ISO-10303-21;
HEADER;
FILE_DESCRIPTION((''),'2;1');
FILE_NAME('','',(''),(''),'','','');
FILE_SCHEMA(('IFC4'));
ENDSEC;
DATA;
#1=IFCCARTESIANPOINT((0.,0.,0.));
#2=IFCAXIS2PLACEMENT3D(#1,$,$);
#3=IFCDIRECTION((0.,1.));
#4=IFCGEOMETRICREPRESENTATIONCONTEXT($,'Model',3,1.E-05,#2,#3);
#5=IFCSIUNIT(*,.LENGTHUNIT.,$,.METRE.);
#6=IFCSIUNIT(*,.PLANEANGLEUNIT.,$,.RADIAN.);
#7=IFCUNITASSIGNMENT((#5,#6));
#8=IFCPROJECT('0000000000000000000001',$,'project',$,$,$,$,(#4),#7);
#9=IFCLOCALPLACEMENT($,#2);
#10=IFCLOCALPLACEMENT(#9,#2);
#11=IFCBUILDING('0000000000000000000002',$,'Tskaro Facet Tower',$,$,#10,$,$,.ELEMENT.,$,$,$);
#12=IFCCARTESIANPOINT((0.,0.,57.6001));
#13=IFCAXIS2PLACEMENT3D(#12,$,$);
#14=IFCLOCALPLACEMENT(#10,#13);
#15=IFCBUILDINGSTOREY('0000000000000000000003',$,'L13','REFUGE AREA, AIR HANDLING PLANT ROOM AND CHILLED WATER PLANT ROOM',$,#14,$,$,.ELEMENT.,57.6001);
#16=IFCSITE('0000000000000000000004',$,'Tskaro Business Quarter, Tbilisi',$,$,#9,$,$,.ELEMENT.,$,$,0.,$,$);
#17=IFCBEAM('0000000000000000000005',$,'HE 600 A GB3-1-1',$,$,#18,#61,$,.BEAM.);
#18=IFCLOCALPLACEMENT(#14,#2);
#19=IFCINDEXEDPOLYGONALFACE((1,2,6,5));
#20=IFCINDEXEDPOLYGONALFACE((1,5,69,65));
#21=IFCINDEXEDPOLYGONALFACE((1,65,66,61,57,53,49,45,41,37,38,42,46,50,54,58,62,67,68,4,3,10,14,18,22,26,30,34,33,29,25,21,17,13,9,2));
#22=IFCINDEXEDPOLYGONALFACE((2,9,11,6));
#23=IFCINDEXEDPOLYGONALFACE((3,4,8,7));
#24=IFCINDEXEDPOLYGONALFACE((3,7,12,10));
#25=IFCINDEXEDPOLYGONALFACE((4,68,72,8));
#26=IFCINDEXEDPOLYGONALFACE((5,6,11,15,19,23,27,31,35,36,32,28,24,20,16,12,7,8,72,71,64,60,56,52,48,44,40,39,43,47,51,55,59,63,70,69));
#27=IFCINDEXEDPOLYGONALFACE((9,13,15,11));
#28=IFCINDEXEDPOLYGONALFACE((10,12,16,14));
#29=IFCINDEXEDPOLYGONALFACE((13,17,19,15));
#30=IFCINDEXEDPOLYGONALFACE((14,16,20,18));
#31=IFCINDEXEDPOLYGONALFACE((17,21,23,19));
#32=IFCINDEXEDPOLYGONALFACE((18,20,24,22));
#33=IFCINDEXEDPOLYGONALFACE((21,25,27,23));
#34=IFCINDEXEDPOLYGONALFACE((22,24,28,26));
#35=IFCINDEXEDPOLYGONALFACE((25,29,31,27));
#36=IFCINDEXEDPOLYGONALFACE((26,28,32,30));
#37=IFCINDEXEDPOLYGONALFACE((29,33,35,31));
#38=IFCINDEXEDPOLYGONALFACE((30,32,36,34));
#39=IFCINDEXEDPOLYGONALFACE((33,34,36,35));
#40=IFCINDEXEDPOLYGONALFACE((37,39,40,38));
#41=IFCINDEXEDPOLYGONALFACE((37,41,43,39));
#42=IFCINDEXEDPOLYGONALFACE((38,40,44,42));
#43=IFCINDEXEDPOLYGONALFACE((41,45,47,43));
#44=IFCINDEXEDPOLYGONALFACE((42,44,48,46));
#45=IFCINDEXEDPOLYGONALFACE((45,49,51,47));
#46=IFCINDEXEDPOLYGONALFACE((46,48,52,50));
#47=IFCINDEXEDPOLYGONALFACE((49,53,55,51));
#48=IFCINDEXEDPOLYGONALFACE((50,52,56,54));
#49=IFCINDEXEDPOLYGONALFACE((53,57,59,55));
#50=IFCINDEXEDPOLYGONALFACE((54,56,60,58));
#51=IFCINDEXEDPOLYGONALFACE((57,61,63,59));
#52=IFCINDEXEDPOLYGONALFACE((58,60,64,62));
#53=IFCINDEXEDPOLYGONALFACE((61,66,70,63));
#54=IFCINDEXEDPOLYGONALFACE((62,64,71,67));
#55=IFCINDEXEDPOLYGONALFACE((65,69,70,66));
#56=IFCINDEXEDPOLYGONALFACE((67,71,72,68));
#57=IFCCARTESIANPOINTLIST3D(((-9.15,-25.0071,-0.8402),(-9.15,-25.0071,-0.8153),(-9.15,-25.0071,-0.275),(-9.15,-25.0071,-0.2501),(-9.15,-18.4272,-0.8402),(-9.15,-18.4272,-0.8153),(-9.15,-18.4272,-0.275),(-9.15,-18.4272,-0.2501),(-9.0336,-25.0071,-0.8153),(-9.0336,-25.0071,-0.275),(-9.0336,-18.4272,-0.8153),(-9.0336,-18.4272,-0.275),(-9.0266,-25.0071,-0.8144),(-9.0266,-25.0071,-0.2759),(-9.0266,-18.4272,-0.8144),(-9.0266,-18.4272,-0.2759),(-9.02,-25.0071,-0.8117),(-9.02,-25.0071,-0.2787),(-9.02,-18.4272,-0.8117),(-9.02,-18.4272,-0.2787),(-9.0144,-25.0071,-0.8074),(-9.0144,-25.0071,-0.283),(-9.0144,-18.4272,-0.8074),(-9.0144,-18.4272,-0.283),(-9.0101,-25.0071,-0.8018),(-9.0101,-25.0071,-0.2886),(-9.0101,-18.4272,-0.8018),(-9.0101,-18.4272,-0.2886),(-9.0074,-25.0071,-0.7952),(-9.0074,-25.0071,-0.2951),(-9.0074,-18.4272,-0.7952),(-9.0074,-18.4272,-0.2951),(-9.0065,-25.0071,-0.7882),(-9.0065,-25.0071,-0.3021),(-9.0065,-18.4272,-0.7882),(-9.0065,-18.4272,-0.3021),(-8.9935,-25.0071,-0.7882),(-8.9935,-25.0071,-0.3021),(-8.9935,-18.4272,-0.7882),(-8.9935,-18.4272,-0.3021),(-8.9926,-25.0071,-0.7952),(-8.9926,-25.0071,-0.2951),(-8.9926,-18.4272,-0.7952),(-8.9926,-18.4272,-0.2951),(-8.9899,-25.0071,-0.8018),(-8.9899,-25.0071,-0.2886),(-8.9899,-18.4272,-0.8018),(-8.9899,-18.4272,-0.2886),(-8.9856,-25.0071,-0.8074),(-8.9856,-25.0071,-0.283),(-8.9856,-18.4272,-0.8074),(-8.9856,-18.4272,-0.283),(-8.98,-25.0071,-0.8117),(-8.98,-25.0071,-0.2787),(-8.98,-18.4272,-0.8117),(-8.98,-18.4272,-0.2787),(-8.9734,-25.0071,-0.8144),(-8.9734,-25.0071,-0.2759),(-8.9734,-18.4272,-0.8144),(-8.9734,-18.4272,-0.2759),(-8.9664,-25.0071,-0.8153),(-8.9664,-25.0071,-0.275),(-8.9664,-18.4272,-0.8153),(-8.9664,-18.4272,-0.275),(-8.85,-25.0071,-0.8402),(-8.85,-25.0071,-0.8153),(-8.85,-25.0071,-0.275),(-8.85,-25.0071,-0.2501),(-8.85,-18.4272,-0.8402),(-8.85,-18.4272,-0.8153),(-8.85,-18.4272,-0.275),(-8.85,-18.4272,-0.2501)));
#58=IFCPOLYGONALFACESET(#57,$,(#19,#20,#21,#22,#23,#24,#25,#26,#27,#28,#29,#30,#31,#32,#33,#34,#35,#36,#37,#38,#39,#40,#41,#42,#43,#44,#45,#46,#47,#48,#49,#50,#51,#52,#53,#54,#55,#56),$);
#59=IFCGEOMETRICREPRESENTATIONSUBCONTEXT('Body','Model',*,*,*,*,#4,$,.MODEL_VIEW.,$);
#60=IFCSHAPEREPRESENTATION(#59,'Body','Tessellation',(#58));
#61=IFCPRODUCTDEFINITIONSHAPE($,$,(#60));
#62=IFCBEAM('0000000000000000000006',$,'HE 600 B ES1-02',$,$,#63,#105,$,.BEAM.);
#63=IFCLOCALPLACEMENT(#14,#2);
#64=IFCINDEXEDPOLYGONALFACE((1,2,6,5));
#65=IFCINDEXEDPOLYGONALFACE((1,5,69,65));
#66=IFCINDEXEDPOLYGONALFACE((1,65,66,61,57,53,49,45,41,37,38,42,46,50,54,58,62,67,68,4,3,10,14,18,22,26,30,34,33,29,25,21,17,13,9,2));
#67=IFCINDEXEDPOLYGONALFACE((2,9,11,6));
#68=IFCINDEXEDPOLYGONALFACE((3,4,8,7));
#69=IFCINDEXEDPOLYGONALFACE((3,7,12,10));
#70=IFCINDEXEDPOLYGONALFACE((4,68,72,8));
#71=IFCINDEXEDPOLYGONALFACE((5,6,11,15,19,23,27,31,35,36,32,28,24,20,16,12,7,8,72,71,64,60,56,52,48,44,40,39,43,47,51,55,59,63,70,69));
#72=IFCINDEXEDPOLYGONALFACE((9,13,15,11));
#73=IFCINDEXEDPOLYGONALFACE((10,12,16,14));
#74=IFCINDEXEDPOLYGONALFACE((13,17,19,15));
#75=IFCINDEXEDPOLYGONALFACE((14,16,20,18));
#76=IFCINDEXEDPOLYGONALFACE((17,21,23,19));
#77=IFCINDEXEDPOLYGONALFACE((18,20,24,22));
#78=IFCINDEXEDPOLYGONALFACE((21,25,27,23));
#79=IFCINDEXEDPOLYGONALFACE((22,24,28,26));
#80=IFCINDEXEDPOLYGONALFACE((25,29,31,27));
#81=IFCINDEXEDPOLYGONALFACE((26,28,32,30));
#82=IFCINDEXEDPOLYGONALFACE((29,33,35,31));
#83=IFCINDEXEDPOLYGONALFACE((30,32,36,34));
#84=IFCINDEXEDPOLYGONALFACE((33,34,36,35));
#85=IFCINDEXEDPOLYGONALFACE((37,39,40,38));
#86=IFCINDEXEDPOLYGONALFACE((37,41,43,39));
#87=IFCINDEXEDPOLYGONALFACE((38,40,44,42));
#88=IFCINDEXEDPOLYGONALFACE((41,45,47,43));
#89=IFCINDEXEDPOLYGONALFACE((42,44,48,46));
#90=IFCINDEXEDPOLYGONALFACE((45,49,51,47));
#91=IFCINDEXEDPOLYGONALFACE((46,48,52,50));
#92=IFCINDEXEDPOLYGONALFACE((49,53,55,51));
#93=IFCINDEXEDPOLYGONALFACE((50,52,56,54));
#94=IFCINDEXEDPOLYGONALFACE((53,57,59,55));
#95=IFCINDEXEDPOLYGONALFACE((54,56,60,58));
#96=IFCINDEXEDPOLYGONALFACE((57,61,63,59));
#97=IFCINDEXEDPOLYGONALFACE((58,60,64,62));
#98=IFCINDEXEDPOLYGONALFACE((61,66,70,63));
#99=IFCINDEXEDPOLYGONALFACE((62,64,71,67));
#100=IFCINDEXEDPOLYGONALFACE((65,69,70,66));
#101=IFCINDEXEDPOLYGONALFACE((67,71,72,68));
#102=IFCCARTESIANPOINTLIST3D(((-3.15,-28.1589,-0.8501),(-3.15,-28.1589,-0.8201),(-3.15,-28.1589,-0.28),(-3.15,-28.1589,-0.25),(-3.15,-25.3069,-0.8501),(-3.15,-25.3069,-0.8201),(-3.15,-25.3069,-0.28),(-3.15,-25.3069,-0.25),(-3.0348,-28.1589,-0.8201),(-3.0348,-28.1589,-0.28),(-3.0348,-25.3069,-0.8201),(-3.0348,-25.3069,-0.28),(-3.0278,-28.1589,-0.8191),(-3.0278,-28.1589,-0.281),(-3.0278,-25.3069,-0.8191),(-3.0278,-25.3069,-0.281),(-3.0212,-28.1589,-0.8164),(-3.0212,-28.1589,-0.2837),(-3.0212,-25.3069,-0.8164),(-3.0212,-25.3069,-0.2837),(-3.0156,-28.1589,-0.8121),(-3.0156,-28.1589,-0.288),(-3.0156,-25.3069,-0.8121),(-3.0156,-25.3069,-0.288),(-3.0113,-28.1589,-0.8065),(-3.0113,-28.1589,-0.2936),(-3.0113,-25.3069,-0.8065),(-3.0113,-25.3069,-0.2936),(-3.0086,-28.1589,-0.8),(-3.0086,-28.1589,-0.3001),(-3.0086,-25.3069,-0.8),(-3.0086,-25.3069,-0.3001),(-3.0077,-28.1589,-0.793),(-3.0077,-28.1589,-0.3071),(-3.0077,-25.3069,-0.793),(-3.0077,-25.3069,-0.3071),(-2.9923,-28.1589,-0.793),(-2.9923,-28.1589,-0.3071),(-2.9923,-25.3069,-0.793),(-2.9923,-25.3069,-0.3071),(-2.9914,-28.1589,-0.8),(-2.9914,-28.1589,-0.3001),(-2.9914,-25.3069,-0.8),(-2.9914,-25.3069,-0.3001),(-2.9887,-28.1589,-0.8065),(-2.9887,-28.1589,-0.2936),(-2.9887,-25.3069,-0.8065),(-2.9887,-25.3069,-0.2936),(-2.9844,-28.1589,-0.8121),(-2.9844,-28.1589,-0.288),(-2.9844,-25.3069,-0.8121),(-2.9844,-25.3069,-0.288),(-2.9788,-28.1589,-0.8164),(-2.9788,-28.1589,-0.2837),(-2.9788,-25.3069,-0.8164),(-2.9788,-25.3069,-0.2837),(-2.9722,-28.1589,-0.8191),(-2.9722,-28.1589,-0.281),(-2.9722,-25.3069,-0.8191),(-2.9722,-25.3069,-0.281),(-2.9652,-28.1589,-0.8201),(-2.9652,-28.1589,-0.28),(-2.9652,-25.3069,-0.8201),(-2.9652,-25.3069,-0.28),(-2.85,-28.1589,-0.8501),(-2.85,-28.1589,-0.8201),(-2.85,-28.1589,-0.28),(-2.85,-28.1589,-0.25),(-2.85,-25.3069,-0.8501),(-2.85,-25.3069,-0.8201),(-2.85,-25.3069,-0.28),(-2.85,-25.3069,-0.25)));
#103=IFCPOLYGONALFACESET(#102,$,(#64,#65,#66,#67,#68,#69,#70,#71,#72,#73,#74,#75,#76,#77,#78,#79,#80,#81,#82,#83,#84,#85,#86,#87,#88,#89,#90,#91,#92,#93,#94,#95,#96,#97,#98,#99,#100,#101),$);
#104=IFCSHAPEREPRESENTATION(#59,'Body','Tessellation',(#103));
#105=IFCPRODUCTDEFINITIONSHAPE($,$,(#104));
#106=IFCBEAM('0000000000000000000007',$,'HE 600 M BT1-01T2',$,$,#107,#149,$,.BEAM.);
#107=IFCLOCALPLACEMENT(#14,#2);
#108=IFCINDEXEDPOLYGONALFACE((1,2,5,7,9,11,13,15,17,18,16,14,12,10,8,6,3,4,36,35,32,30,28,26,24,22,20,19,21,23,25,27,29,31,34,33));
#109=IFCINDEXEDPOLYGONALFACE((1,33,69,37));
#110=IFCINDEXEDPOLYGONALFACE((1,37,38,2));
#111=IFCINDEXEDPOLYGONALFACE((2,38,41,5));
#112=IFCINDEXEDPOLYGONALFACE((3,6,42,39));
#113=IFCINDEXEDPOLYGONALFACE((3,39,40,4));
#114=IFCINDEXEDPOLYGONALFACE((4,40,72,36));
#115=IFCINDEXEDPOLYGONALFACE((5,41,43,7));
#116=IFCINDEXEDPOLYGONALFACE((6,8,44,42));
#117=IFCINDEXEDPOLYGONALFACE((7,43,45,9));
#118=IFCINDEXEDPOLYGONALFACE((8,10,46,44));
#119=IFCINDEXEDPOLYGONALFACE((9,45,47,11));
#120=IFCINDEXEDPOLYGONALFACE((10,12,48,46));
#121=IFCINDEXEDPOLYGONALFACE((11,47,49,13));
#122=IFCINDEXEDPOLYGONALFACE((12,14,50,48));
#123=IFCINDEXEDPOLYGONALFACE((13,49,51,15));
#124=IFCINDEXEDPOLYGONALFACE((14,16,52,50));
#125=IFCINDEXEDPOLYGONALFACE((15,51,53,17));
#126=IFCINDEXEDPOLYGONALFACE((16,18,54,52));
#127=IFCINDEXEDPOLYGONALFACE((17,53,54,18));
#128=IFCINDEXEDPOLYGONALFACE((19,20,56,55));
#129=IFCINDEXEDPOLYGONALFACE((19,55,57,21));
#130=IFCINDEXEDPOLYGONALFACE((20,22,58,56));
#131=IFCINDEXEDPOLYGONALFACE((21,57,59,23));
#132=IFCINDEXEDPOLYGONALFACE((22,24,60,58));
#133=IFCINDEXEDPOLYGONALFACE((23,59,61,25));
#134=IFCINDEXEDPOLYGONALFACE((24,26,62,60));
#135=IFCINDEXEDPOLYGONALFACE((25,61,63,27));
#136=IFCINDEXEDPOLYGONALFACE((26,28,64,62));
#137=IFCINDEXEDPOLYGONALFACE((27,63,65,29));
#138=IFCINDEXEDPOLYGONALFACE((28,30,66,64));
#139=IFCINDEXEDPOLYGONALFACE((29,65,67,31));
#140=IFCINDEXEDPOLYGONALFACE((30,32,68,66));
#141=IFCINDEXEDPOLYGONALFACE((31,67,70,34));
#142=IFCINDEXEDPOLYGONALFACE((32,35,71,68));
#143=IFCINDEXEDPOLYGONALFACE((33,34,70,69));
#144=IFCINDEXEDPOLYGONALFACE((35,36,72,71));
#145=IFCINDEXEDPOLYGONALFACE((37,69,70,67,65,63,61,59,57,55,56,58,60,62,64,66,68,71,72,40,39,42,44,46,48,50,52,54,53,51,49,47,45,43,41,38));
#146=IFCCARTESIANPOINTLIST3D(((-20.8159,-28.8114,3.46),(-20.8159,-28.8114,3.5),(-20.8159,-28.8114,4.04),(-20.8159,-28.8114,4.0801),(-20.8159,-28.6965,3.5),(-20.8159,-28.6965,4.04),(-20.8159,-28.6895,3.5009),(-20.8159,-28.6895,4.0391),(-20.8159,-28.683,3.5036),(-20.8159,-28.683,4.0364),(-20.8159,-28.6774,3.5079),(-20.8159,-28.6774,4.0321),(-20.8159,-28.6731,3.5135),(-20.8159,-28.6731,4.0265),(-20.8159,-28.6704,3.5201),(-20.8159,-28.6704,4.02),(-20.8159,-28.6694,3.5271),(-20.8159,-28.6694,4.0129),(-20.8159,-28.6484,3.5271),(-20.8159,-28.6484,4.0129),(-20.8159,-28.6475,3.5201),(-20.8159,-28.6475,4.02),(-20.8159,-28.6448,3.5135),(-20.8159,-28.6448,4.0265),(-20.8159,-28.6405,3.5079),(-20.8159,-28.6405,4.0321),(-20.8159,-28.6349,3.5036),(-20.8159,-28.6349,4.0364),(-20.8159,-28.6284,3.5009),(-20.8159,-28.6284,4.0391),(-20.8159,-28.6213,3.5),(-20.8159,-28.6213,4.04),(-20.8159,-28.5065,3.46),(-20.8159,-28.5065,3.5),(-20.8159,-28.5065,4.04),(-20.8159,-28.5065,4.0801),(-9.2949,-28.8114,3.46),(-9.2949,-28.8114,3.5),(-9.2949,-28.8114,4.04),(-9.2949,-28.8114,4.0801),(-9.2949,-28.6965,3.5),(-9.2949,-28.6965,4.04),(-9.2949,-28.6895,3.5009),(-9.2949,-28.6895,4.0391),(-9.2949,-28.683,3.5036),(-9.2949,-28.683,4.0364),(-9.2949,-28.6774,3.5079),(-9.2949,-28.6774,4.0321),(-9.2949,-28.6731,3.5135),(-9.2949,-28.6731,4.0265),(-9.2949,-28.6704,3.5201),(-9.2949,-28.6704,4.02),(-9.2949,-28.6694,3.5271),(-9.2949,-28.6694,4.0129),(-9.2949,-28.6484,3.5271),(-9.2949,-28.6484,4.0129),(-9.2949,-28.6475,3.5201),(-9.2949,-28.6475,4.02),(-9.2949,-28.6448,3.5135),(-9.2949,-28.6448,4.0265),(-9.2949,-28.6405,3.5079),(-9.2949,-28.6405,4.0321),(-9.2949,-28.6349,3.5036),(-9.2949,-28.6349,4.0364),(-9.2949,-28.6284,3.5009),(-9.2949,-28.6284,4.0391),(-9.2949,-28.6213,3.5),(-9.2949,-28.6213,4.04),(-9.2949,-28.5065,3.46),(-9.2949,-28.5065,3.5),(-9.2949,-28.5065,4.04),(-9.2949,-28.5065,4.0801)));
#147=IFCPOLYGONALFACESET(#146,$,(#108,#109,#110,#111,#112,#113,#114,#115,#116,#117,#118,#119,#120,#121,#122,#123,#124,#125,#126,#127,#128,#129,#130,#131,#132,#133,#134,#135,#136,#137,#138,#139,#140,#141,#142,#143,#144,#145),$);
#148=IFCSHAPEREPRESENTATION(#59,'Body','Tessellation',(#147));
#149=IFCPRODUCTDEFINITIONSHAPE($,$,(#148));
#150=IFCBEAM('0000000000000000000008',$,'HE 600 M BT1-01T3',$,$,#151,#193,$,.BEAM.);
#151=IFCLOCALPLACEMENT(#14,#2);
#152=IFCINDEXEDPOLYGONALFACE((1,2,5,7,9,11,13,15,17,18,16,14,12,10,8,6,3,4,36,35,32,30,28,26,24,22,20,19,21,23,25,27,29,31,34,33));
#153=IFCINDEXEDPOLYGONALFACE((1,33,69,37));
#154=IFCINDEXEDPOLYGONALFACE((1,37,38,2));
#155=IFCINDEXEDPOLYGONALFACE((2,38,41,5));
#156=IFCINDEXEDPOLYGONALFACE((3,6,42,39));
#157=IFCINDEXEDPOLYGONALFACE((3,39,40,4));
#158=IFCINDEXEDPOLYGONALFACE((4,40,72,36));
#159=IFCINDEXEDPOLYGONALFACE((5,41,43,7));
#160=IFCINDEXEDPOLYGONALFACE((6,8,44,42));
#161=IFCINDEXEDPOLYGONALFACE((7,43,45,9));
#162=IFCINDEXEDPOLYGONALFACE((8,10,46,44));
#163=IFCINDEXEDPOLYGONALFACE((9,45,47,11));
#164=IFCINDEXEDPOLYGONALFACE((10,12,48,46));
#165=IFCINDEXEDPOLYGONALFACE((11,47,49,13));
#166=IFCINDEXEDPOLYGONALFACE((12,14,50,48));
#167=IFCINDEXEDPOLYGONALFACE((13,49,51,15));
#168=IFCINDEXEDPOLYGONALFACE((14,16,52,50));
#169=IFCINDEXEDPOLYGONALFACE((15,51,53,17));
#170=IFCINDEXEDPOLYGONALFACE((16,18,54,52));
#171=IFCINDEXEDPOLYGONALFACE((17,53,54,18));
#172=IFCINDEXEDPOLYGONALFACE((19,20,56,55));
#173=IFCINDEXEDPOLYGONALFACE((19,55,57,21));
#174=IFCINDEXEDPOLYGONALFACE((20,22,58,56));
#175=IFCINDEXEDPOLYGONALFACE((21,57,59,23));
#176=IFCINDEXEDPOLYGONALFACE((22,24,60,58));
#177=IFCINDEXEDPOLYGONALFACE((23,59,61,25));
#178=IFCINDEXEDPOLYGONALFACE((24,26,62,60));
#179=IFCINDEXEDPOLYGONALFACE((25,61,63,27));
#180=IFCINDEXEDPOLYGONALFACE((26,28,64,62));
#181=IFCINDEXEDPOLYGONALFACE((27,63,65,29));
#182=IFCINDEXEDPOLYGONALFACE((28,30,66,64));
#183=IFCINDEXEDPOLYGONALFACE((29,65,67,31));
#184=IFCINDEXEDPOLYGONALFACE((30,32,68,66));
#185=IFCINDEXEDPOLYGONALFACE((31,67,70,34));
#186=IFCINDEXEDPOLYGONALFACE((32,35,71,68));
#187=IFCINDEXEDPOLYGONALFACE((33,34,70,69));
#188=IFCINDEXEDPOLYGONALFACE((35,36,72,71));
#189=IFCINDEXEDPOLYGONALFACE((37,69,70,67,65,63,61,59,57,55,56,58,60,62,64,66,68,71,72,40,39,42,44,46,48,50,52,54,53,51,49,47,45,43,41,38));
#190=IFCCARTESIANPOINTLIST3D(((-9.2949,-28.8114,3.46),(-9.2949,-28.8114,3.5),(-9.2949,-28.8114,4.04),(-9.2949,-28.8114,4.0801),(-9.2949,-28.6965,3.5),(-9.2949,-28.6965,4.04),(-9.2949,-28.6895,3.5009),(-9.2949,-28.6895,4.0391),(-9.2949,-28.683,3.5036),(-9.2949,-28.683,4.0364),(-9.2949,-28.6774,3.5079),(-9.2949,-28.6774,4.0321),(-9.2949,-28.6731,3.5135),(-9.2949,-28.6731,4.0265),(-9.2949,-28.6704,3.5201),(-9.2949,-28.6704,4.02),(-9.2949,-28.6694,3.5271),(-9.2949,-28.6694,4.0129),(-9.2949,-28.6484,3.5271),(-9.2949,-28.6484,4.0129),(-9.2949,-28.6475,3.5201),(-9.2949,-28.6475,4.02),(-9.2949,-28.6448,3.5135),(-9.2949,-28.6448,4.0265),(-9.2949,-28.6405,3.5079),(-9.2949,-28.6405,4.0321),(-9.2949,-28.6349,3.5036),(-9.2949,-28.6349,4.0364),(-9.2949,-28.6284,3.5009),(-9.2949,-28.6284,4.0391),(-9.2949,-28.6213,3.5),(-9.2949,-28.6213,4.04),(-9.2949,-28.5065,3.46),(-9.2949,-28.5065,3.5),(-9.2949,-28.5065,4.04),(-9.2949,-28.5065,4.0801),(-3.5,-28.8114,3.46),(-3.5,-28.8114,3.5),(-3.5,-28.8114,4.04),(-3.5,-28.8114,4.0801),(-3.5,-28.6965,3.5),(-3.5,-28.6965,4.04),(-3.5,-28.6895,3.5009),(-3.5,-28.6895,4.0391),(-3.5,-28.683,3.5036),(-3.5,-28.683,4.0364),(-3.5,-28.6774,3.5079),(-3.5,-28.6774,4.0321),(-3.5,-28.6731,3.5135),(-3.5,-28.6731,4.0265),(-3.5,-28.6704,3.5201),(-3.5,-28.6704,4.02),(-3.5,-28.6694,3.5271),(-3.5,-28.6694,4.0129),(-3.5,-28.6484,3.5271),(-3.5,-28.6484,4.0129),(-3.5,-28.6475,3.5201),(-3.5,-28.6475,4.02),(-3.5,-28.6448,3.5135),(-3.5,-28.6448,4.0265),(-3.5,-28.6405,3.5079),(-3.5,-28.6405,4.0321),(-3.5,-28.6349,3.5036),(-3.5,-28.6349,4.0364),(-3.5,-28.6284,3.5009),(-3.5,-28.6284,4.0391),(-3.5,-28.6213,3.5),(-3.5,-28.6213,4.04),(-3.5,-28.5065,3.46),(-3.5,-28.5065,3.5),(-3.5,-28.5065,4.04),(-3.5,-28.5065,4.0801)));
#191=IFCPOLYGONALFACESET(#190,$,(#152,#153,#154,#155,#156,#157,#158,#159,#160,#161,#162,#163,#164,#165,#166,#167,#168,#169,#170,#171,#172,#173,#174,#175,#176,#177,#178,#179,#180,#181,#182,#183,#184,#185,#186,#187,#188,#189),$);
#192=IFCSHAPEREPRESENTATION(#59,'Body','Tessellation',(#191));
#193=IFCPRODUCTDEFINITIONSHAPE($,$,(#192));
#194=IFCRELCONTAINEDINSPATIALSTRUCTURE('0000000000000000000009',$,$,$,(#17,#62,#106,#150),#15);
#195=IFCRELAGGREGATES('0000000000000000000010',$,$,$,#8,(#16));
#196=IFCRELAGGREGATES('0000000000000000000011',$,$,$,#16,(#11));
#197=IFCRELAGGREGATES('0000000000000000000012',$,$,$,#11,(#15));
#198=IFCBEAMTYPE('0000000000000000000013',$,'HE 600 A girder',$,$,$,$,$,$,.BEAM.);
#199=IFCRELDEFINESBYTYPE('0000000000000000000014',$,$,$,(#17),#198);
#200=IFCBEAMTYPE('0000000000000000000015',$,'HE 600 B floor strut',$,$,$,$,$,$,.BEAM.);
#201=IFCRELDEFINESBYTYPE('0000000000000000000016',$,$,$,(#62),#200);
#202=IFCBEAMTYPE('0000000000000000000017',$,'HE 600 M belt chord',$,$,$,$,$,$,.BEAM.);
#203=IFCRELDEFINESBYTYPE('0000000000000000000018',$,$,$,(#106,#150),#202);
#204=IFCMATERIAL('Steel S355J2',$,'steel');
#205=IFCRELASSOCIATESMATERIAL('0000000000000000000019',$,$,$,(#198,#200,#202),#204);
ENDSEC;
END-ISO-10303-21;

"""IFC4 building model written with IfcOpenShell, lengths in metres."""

from ifc_helpers import new_model, si_unit, direction, frame, origin, origin_2d, place, context, subcontext, project, spatial, i_section, extrude, material, material_profile, profile_set, type_object, element, save


model = new_model("IFC4")

# Units and contexts
model_context = context("Model", 3, precision=1e-05, world=origin(), true_north=direction((0.0, 1.0)))
body_context = subcontext(model_context, "Body", "Model", "MODEL_VIEW")
ifc_project = project(units=[si_unit("LENGTHUNIT", "METRE"), si_unit("PLANEANGLEUNIT", "RADIAN")], contexts=[model_context])

# Site, building, storey
site_placement = place(None, origin())
site = spatial("IfcSite", under=ifc_project, at=site_placement, Name="Tskaro Business Quarter, Tbilisi", CompositionType="ELEMENT", RefElevation=0.0)
building_placement = place(site_placement, origin())
building = spatial("IfcBuilding", under=site, at=building_placement, Name="Tskaro Facet Tower", CompositionType="ELEMENT")
storey_placement = place(building_placement, frame((0.0, 0.0, 57.6001)))
storey = spatial("IfcBuildingStorey", under=building, at=storey_placement, Name="L13", Description="REFUGE AREA, AIR HANDLING PLANT ROOM AND CHILLED WATER PLANT ROOM", CompositionType="ELEMENT", Elevation=57.6001)

# Shared definitions
ifc_material_1 = material(Name="Steel S355J2", Category="steel")

# Beams
ifc_material_profile_1 = material_profile(ifc_material_1, i_section(OverallWidth=0.3, OverallDepth=0.5901, WebThickness=0.0129, FlangeThickness=0.0249, FilletRadius=0.0271, at=origin_2d()), Name="HE 600 A")
ifc_profile_set_1 = profile_set([ifc_material_profile_1], Name="Steel S355J2")
beam_type_1 = type_object("IfcBeamType", Name="HE 600 A girder", PredefinedType="BEAM", material=ifc_profile_set_1)
beam_1_placement = place(storey_placement, frame((-9.0, -25.0071, -0.5452), z_axis=(0.0, 1.0, 0.0), x_axis=(-1.0, 0.0, 0.0)))
element("IfcBeam", 1, at=beam_1_placement, inside=storey, type_object=beam_type_1, Name="HE 600 A GB3-1-1", PredefinedType="BEAM", context=body_context, shape_type="SweptSolid", body=[
    extrude(i_section(OverallWidth=0.3, OverallDepth=0.5901, WebThickness=0.0129, FlangeThickness=0.0249, FilletRadius=0.0271, at=origin_2d()), origin(), (0.0, 0.0, 1.0), 6.5798),
])
ifc_material_profile_2 = material_profile(ifc_material_1, i_section(OverallWidth=0.3, OverallDepth=0.6001, WebThickness=0.0154, FlangeThickness=0.03, FilletRadius=0.0271, at=origin_2d()), Name="HE 600 B")
ifc_profile_set_2 = profile_set([ifc_material_profile_2], Name="Steel S355J2")
beam_type_2 = type_object("IfcBeamType", Name="HE 600 B floor strut", PredefinedType="BEAM", material=ifc_profile_set_2)
beam_2_placement = place(storey_placement, frame((-3.0, -28.1589, -0.55), z_axis=(0.0, 1.0, 0.0), x_axis=(-1.0, 0.0, 0.0)))
element("IfcBeam", 2, at=beam_2_placement, inside=storey, type_object=beam_type_2, Name="HE 600 B ES1-02", PredefinedType="BEAM", context=body_context, shape_type="SweptSolid", body=[
    extrude(i_section(OverallWidth=0.3, OverallDepth=0.6001, WebThickness=0.0154, FlangeThickness=0.03, FilletRadius=0.0271, at=origin_2d()), origin(), (0.0, 0.0, 1.0), 2.8521),
])
ifc_material_profile_3 = material_profile(ifc_material_1, i_section(OverallWidth=0.3049, OverallDepth=0.6201, WebThickness=0.021, FlangeThickness=0.04, FilletRadius=0.0271, at=origin_2d()), Name="HE 600 M")
ifc_profile_set_3 = profile_set([ifc_material_profile_3], Name="Steel S355J2")
beam_type_3 = type_object("IfcBeamType", Name="HE 600 M belt chord", PredefinedType="BEAM", material=ifc_profile_set_3)
beam_3_placement = place(storey_placement, frame((-20.8159, -28.6589, 3.77), z_axis=(1.0, 0.0, 0.0), x_axis=(0.0, 1.0, 0.0)))
element("IfcBeam", 3, at=beam_3_placement, inside=storey, type_object=beam_type_3, Name="HE 600 M BT1-01T2", PredefinedType="BEAM", context=body_context, shape_type="SweptSolid", body=[
    extrude(i_section(OverallWidth=0.3049, OverallDepth=0.6201, WebThickness=0.021, FlangeThickness=0.04, FilletRadius=0.0271, at=origin_2d()), origin(), (0.0, 0.0, 1.0), 11.521),
])
beam_4_placement = place(storey_placement, frame((-9.2949, -28.6589, 3.77), z_axis=(1.0, 0.0, 0.0), x_axis=(0.0, 1.0, 0.0)))
element("IfcBeam", 4, at=beam_4_placement, inside=storey, type_object=beam_type_3, Name="HE 600 M BT1-01T3", PredefinedType="BEAM", context=body_context, shape_type="SweptSolid", body=[
    extrude(i_section(OverallWidth=0.3049, OverallDepth=0.6201, WebThickness=0.021, FlangeThickness=0.04, FilletRadius=0.0271, at=origin_2d()), origin(), (0.0, 0.0, 1.0), 5.7949),
])

save(model, "model.ifc")
